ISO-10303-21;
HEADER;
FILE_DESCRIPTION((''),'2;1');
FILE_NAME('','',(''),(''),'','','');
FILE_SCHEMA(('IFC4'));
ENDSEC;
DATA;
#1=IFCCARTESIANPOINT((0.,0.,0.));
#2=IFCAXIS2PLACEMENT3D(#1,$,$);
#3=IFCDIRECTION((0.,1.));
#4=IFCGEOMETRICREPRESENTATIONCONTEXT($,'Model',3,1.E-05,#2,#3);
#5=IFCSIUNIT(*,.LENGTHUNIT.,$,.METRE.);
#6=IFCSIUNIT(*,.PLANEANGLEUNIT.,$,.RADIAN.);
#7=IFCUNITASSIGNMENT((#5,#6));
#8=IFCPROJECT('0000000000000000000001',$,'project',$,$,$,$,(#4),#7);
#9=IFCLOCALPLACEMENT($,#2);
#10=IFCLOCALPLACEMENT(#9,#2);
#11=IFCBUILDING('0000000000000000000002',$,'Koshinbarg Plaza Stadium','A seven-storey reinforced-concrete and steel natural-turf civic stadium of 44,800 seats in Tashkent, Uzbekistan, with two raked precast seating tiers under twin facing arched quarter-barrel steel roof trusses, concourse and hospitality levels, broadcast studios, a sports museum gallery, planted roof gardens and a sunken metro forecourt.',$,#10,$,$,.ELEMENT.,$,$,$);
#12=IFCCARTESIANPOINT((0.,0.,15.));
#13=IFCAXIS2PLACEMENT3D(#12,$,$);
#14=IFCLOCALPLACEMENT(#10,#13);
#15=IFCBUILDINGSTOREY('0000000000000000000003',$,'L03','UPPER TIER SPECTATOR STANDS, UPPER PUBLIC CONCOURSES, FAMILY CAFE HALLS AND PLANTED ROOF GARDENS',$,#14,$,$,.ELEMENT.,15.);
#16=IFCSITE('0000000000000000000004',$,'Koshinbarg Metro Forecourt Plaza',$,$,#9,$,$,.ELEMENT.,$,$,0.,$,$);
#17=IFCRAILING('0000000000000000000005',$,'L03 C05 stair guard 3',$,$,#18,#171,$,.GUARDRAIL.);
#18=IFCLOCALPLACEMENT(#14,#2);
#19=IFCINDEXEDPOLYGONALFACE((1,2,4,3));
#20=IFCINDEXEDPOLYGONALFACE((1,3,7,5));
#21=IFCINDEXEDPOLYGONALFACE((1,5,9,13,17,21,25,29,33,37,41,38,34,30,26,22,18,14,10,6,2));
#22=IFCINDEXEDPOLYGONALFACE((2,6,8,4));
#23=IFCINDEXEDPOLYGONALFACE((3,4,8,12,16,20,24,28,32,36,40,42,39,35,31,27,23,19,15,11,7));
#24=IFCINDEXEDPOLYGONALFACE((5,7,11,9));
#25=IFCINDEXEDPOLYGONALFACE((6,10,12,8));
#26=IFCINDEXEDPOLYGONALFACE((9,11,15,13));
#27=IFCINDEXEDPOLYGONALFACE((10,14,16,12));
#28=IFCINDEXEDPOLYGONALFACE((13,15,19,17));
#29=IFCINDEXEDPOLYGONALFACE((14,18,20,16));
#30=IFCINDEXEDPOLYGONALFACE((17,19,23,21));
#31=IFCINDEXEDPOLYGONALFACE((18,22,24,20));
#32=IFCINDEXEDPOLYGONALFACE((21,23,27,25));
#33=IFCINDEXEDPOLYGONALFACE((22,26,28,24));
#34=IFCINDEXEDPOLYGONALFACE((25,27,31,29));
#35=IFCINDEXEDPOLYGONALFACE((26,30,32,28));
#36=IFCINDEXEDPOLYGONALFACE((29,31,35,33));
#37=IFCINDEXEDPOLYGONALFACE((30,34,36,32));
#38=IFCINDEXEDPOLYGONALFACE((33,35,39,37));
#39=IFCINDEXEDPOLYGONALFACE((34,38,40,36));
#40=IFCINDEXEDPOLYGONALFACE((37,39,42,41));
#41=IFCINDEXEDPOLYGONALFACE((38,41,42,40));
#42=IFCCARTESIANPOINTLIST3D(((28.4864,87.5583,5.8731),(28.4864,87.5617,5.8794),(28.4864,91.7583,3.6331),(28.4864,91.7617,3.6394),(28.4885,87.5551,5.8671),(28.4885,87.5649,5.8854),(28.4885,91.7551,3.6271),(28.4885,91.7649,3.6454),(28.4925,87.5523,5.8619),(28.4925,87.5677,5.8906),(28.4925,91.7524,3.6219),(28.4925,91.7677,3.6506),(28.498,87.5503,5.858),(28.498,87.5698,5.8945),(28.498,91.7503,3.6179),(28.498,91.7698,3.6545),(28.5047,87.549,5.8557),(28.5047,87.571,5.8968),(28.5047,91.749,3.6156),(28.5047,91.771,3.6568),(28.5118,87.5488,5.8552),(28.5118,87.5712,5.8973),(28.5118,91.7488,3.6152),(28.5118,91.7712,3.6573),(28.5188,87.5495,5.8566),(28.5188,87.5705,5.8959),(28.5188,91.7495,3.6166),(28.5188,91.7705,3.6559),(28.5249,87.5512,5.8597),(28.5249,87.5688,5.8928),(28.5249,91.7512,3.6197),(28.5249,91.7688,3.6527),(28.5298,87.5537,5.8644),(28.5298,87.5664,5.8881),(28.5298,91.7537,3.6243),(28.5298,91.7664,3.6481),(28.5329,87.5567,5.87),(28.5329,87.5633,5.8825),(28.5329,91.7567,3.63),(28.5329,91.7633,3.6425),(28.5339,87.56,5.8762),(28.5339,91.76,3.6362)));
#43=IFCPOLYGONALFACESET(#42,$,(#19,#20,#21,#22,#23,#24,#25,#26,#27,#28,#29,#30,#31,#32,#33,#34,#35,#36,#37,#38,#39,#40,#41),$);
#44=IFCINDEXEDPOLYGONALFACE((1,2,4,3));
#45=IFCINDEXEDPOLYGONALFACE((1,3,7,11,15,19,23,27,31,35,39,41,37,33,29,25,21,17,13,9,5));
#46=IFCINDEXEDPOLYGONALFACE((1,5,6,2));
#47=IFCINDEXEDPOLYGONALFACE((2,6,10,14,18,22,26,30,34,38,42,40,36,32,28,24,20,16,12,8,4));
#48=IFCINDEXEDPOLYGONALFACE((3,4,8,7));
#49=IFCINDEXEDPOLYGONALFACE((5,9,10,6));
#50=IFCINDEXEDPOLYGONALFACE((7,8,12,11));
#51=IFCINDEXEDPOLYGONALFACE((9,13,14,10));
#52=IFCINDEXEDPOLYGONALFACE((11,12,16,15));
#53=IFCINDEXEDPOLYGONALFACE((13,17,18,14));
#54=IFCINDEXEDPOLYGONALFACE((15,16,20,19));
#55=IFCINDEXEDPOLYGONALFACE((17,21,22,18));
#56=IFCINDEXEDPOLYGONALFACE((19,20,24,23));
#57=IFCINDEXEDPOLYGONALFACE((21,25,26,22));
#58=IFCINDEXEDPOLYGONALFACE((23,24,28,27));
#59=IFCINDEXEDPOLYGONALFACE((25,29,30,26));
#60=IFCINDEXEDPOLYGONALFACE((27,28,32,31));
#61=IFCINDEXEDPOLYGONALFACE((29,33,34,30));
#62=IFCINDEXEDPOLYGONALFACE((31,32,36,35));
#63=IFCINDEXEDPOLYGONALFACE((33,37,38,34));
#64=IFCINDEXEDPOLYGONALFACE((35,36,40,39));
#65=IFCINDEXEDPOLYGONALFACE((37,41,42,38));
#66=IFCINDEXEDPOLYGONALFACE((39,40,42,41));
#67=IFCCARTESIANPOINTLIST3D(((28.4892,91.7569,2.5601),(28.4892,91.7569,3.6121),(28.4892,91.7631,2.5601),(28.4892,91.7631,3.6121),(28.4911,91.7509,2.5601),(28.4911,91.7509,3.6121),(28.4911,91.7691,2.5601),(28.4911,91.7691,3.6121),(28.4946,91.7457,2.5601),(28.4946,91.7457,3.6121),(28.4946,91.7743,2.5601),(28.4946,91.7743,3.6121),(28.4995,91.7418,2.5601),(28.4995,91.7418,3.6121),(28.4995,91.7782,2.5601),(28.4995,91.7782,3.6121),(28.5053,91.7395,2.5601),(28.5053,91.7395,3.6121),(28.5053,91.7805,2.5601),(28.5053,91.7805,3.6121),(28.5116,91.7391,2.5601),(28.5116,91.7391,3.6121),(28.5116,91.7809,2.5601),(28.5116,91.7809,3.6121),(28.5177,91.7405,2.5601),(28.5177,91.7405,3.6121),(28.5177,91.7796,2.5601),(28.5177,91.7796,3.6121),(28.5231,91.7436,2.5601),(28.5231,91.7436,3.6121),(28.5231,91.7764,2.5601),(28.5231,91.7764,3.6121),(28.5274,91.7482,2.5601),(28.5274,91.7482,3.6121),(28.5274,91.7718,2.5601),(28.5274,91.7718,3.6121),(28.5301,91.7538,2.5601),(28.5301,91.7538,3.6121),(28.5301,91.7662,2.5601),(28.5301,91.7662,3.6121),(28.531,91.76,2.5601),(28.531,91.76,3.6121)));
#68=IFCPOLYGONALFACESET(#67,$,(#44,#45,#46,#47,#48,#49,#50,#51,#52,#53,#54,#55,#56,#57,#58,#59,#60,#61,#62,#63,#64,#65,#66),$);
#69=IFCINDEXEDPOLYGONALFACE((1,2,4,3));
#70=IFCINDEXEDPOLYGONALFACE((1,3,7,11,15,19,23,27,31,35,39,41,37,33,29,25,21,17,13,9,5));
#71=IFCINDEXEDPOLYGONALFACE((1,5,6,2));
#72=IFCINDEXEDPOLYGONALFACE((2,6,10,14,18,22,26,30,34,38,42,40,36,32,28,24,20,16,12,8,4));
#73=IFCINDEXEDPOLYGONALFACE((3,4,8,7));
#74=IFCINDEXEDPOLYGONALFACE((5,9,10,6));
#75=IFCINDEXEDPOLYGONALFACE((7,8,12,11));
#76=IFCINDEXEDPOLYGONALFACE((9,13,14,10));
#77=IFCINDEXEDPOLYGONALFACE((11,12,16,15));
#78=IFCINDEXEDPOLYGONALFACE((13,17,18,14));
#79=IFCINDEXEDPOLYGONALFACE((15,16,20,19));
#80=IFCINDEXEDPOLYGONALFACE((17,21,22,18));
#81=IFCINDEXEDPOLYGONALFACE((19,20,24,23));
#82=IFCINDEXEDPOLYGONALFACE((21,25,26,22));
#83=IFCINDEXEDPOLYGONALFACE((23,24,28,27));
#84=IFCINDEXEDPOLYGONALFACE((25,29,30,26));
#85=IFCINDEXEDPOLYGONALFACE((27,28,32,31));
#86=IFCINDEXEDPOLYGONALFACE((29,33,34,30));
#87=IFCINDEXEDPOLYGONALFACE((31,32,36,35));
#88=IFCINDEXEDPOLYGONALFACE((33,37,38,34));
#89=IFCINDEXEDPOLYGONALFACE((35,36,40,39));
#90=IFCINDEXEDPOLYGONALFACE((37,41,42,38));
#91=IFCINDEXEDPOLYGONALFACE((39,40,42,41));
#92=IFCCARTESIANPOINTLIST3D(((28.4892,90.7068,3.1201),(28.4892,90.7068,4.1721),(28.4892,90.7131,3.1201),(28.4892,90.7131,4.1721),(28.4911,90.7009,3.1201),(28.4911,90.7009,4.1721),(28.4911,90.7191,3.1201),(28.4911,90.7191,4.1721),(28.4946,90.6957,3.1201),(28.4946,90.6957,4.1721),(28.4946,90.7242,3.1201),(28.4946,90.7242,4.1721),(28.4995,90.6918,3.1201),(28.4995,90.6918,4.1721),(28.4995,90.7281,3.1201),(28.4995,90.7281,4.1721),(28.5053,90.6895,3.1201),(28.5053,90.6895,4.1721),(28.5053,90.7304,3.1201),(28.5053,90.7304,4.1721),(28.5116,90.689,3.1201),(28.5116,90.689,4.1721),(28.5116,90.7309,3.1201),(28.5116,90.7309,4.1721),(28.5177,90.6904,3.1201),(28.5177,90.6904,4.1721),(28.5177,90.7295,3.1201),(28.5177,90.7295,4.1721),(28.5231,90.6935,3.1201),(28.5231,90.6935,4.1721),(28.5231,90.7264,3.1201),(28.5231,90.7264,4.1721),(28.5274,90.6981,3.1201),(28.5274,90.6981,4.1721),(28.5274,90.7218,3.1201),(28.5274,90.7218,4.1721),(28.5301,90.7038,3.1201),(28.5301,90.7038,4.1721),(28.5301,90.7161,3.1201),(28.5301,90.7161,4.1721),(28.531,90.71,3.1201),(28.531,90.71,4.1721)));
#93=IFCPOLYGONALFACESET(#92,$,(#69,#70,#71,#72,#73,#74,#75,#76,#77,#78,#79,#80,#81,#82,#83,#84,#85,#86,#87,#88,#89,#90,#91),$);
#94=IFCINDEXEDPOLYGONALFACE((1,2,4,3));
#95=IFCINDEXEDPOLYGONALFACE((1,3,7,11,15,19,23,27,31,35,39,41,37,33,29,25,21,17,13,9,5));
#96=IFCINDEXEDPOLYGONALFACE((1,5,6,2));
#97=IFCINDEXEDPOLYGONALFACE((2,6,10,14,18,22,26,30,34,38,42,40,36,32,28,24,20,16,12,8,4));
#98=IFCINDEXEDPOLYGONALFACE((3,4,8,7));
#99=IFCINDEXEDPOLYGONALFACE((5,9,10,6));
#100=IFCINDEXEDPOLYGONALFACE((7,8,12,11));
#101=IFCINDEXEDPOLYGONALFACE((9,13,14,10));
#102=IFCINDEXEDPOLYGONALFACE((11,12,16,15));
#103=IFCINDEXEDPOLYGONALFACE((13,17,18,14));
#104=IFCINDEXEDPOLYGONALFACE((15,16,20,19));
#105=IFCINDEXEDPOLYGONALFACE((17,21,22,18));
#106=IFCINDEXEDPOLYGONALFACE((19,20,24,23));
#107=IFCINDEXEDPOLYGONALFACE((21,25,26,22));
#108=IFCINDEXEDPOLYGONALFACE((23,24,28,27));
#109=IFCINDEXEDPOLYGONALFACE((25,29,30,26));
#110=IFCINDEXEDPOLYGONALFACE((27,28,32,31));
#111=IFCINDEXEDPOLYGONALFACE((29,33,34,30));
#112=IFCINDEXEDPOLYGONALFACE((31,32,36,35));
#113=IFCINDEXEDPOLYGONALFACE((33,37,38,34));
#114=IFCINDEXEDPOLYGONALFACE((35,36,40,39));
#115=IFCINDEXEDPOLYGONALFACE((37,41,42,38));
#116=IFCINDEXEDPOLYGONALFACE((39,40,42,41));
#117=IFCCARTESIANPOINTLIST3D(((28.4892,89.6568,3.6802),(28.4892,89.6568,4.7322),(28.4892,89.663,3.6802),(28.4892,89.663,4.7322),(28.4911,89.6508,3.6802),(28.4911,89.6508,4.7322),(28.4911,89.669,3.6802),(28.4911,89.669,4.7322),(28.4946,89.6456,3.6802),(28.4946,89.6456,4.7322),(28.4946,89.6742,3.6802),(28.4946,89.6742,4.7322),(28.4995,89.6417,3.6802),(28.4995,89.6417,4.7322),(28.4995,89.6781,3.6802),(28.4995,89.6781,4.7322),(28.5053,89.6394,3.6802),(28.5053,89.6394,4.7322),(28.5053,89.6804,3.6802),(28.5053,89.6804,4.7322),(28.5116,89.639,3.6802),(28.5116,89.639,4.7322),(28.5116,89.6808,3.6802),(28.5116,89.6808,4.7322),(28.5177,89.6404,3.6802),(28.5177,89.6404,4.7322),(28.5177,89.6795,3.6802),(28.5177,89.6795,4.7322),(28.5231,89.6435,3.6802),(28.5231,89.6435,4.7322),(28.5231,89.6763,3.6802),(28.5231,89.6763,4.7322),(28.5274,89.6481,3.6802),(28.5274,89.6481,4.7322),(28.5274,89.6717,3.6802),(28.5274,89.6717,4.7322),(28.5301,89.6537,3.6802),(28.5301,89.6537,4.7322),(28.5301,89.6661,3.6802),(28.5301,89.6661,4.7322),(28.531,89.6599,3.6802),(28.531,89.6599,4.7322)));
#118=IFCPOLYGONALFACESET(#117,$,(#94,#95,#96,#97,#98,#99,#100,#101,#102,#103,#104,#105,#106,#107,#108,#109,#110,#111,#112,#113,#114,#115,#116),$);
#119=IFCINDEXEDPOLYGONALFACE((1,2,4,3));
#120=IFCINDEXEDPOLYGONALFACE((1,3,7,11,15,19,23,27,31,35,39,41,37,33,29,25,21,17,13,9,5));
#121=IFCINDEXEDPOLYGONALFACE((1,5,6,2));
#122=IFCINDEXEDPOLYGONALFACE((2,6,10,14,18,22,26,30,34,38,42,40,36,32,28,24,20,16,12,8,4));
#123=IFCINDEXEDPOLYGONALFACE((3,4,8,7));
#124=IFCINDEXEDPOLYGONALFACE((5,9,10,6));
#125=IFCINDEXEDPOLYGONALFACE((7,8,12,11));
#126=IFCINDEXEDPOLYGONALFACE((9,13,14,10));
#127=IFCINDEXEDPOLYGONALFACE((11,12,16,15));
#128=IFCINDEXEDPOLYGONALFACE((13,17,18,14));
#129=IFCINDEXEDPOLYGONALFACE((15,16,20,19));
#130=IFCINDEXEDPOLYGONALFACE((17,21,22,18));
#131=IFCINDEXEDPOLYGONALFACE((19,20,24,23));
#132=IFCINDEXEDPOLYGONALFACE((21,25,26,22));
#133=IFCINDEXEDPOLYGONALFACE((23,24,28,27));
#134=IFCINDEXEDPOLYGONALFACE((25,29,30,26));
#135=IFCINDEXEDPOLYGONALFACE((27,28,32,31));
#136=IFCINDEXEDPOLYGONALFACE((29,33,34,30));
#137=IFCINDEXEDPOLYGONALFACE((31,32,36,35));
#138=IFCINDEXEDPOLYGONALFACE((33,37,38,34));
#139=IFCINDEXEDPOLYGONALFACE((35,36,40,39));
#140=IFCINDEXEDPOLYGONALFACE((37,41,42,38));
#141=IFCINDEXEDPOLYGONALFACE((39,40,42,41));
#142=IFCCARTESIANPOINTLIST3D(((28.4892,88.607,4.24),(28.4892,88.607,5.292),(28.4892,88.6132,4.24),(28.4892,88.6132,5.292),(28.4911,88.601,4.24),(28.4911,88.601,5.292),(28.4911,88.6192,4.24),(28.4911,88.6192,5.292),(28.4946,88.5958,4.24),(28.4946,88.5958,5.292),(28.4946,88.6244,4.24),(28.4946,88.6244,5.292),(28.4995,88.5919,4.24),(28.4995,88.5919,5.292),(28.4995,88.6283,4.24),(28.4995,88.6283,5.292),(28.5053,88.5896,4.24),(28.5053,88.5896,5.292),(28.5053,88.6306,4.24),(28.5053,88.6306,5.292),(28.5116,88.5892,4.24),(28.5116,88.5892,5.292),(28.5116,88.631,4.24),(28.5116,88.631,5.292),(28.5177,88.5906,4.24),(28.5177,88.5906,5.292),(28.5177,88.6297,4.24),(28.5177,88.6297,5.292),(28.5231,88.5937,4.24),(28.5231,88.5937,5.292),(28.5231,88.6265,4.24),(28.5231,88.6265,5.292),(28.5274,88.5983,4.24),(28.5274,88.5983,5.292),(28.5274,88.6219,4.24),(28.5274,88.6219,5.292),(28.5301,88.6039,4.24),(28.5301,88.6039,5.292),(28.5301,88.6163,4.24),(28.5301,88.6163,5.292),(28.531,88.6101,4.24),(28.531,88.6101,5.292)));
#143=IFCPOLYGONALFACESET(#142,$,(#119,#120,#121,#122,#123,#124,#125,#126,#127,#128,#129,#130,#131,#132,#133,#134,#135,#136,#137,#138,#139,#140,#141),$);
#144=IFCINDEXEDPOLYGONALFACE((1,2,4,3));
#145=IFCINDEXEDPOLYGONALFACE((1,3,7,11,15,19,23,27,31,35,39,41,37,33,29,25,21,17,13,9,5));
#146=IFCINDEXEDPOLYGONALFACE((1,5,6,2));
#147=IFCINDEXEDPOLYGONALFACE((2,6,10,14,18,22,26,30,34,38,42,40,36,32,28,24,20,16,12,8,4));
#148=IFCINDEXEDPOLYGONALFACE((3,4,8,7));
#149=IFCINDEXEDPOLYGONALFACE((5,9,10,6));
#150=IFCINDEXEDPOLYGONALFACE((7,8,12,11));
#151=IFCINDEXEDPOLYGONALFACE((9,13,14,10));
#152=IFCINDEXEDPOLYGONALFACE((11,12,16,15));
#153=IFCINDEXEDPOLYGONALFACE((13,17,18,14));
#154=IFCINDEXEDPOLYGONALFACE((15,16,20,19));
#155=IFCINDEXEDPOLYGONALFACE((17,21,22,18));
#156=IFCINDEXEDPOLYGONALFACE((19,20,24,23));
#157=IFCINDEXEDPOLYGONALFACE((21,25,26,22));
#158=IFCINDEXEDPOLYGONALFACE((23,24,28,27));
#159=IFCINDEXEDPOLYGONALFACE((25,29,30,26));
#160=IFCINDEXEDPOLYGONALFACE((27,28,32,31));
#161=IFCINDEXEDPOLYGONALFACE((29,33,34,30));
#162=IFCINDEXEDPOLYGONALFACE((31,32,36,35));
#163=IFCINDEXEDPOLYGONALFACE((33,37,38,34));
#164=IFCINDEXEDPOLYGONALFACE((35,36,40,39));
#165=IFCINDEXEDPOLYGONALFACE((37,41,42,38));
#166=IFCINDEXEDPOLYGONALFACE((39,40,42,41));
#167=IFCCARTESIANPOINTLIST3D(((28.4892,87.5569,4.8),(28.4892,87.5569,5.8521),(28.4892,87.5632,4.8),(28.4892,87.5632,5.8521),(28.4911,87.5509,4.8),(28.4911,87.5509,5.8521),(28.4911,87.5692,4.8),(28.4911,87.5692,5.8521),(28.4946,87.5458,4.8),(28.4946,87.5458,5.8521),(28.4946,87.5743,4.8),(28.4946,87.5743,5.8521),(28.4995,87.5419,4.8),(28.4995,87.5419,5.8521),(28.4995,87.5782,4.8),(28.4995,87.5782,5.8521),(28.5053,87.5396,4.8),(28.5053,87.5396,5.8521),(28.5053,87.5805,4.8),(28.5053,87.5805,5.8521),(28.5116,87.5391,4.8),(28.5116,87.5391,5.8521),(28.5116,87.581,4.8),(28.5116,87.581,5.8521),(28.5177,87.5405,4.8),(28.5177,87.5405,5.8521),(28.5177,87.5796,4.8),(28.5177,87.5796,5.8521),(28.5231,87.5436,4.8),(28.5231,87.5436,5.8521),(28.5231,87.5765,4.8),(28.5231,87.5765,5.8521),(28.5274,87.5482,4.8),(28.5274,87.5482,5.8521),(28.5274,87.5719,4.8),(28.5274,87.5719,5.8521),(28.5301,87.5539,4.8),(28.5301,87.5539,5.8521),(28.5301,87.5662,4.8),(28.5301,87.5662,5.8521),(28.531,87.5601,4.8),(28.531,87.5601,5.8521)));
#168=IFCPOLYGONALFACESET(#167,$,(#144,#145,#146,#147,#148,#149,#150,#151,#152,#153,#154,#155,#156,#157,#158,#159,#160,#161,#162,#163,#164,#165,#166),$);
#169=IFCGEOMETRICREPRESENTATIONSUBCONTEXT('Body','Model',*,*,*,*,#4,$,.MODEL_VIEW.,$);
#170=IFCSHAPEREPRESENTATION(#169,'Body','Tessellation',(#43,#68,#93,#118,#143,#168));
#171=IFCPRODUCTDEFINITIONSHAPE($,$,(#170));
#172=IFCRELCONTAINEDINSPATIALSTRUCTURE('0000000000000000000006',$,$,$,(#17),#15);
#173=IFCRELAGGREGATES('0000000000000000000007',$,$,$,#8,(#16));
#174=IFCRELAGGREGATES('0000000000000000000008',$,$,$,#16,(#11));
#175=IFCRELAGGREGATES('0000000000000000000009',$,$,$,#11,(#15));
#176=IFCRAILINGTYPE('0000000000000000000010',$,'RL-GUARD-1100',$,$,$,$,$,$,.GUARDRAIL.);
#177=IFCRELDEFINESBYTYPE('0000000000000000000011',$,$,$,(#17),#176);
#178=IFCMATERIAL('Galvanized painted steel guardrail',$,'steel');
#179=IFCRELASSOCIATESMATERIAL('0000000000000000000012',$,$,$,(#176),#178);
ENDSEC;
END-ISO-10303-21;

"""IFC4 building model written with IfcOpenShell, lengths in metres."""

from ifc_helpers import new_model, si_unit, direction, frame, origin, origin_2d, place, context, subcontext, project, spatial, circle, extrude, material, type_object, element, save


model = new_model("IFC4")

# Units and contexts
model_context = context("Model", 3, precision=1e-05, world=origin(), true_north=direction((0.0, 1.0)))
body_context = subcontext(model_context, "Body", "Model", "MODEL_VIEW")
ifc_project = project(units=[si_unit("LENGTHUNIT", "METRE"), si_unit("PLANEANGLEUNIT", "RADIAN")], contexts=[model_context])

# Site, building, storey
site_placement = place(None, origin())
site = spatial("IfcSite", under=ifc_project, at=site_placement, Name="Koshinbarg Metro Forecourt Plaza", CompositionType="ELEMENT", RefElevation=0.0)
building_placement = place(site_placement, origin())
building = spatial("IfcBuilding", under=site, at=building_placement, Name="Koshinbarg Plaza Stadium", Description="A seven-storey reinforced-concrete and steel natural-turf civic stadium of 44,800 seats in Tashkent, Uzbekistan, with two raked precast seating tiers under twin facing arched quarter-barrel steel roof trusses, concourse and hospitality levels, broadcast studios, a sports museum gallery, planted roof gardens and a sunken metro forecourt.", CompositionType="ELEMENT")
storey_placement = place(building_placement, frame((0.0, 0.0, 15.0)))
storey = spatial("IfcBuildingStorey", under=building, at=storey_placement, Name="L03", Description="UPPER TIER SPECTATOR STANDS, UPPER PUBLIC CONCOURSES, FAMILY CAFE HALLS AND PLANTED ROOF GARDENS", CompositionType="ELEMENT", Elevation=15.0)

# Railing
ifc_material_1 = material(Name="Galvanized painted steel guardrail", Category="steel")
railing_type_1 = type_object("IfcRailingType", Name="RL-GUARD-1100", PredefinedType="GUARDRAIL", material=ifc_material_1)
railing_1_placement = place(storey_placement, frame((28.51, 91.76, 2.5601)))
element("IfcRailing", 1, at=railing_1_placement, inside=storey, type_object=railing_type_1, Name="L03 C05 stair guard 3", PredefinedType="GUARDRAIL", context=body_context, shape_type="SweptSolid", body=[
    extrude(circle(Radius=0.0239, at=origin_2d()), frame((0.0, 0.0, 1.0762), z_axis=(0.0, -0.882352, 0.470591), x_axis=(1.0, 0.0, 0.0)), (0.0, 0.0, 1.0), 4.76),
    extrude(circle(Radius=0.021, at=origin_2d()), origin(), (0.0, 0.0, 1.0), 1.052),
    extrude(circle(Radius=0.021, at=origin_2d()), frame((0.0, -1.05, 0.5601)), (0.0, 0.0, 1.0), 1.052),
    extrude(circle(Radius=0.021, at=origin_2d()), frame((0.0, -2.1001, 1.1201)), (0.0, 0.0, 1.0), 1.052),
    extrude(circle(Radius=0.021, at=origin_2d()), frame((0.0, -3.1499, 1.6799)), (0.0, 0.0, 1.0), 1.052),
    extrude(circle(Radius=0.021, at=origin_2d()), frame((0.0, -4.2, 2.24)), (0.0, 0.0, 1.0), 1.052),
])

save(model, "model.ifc")
